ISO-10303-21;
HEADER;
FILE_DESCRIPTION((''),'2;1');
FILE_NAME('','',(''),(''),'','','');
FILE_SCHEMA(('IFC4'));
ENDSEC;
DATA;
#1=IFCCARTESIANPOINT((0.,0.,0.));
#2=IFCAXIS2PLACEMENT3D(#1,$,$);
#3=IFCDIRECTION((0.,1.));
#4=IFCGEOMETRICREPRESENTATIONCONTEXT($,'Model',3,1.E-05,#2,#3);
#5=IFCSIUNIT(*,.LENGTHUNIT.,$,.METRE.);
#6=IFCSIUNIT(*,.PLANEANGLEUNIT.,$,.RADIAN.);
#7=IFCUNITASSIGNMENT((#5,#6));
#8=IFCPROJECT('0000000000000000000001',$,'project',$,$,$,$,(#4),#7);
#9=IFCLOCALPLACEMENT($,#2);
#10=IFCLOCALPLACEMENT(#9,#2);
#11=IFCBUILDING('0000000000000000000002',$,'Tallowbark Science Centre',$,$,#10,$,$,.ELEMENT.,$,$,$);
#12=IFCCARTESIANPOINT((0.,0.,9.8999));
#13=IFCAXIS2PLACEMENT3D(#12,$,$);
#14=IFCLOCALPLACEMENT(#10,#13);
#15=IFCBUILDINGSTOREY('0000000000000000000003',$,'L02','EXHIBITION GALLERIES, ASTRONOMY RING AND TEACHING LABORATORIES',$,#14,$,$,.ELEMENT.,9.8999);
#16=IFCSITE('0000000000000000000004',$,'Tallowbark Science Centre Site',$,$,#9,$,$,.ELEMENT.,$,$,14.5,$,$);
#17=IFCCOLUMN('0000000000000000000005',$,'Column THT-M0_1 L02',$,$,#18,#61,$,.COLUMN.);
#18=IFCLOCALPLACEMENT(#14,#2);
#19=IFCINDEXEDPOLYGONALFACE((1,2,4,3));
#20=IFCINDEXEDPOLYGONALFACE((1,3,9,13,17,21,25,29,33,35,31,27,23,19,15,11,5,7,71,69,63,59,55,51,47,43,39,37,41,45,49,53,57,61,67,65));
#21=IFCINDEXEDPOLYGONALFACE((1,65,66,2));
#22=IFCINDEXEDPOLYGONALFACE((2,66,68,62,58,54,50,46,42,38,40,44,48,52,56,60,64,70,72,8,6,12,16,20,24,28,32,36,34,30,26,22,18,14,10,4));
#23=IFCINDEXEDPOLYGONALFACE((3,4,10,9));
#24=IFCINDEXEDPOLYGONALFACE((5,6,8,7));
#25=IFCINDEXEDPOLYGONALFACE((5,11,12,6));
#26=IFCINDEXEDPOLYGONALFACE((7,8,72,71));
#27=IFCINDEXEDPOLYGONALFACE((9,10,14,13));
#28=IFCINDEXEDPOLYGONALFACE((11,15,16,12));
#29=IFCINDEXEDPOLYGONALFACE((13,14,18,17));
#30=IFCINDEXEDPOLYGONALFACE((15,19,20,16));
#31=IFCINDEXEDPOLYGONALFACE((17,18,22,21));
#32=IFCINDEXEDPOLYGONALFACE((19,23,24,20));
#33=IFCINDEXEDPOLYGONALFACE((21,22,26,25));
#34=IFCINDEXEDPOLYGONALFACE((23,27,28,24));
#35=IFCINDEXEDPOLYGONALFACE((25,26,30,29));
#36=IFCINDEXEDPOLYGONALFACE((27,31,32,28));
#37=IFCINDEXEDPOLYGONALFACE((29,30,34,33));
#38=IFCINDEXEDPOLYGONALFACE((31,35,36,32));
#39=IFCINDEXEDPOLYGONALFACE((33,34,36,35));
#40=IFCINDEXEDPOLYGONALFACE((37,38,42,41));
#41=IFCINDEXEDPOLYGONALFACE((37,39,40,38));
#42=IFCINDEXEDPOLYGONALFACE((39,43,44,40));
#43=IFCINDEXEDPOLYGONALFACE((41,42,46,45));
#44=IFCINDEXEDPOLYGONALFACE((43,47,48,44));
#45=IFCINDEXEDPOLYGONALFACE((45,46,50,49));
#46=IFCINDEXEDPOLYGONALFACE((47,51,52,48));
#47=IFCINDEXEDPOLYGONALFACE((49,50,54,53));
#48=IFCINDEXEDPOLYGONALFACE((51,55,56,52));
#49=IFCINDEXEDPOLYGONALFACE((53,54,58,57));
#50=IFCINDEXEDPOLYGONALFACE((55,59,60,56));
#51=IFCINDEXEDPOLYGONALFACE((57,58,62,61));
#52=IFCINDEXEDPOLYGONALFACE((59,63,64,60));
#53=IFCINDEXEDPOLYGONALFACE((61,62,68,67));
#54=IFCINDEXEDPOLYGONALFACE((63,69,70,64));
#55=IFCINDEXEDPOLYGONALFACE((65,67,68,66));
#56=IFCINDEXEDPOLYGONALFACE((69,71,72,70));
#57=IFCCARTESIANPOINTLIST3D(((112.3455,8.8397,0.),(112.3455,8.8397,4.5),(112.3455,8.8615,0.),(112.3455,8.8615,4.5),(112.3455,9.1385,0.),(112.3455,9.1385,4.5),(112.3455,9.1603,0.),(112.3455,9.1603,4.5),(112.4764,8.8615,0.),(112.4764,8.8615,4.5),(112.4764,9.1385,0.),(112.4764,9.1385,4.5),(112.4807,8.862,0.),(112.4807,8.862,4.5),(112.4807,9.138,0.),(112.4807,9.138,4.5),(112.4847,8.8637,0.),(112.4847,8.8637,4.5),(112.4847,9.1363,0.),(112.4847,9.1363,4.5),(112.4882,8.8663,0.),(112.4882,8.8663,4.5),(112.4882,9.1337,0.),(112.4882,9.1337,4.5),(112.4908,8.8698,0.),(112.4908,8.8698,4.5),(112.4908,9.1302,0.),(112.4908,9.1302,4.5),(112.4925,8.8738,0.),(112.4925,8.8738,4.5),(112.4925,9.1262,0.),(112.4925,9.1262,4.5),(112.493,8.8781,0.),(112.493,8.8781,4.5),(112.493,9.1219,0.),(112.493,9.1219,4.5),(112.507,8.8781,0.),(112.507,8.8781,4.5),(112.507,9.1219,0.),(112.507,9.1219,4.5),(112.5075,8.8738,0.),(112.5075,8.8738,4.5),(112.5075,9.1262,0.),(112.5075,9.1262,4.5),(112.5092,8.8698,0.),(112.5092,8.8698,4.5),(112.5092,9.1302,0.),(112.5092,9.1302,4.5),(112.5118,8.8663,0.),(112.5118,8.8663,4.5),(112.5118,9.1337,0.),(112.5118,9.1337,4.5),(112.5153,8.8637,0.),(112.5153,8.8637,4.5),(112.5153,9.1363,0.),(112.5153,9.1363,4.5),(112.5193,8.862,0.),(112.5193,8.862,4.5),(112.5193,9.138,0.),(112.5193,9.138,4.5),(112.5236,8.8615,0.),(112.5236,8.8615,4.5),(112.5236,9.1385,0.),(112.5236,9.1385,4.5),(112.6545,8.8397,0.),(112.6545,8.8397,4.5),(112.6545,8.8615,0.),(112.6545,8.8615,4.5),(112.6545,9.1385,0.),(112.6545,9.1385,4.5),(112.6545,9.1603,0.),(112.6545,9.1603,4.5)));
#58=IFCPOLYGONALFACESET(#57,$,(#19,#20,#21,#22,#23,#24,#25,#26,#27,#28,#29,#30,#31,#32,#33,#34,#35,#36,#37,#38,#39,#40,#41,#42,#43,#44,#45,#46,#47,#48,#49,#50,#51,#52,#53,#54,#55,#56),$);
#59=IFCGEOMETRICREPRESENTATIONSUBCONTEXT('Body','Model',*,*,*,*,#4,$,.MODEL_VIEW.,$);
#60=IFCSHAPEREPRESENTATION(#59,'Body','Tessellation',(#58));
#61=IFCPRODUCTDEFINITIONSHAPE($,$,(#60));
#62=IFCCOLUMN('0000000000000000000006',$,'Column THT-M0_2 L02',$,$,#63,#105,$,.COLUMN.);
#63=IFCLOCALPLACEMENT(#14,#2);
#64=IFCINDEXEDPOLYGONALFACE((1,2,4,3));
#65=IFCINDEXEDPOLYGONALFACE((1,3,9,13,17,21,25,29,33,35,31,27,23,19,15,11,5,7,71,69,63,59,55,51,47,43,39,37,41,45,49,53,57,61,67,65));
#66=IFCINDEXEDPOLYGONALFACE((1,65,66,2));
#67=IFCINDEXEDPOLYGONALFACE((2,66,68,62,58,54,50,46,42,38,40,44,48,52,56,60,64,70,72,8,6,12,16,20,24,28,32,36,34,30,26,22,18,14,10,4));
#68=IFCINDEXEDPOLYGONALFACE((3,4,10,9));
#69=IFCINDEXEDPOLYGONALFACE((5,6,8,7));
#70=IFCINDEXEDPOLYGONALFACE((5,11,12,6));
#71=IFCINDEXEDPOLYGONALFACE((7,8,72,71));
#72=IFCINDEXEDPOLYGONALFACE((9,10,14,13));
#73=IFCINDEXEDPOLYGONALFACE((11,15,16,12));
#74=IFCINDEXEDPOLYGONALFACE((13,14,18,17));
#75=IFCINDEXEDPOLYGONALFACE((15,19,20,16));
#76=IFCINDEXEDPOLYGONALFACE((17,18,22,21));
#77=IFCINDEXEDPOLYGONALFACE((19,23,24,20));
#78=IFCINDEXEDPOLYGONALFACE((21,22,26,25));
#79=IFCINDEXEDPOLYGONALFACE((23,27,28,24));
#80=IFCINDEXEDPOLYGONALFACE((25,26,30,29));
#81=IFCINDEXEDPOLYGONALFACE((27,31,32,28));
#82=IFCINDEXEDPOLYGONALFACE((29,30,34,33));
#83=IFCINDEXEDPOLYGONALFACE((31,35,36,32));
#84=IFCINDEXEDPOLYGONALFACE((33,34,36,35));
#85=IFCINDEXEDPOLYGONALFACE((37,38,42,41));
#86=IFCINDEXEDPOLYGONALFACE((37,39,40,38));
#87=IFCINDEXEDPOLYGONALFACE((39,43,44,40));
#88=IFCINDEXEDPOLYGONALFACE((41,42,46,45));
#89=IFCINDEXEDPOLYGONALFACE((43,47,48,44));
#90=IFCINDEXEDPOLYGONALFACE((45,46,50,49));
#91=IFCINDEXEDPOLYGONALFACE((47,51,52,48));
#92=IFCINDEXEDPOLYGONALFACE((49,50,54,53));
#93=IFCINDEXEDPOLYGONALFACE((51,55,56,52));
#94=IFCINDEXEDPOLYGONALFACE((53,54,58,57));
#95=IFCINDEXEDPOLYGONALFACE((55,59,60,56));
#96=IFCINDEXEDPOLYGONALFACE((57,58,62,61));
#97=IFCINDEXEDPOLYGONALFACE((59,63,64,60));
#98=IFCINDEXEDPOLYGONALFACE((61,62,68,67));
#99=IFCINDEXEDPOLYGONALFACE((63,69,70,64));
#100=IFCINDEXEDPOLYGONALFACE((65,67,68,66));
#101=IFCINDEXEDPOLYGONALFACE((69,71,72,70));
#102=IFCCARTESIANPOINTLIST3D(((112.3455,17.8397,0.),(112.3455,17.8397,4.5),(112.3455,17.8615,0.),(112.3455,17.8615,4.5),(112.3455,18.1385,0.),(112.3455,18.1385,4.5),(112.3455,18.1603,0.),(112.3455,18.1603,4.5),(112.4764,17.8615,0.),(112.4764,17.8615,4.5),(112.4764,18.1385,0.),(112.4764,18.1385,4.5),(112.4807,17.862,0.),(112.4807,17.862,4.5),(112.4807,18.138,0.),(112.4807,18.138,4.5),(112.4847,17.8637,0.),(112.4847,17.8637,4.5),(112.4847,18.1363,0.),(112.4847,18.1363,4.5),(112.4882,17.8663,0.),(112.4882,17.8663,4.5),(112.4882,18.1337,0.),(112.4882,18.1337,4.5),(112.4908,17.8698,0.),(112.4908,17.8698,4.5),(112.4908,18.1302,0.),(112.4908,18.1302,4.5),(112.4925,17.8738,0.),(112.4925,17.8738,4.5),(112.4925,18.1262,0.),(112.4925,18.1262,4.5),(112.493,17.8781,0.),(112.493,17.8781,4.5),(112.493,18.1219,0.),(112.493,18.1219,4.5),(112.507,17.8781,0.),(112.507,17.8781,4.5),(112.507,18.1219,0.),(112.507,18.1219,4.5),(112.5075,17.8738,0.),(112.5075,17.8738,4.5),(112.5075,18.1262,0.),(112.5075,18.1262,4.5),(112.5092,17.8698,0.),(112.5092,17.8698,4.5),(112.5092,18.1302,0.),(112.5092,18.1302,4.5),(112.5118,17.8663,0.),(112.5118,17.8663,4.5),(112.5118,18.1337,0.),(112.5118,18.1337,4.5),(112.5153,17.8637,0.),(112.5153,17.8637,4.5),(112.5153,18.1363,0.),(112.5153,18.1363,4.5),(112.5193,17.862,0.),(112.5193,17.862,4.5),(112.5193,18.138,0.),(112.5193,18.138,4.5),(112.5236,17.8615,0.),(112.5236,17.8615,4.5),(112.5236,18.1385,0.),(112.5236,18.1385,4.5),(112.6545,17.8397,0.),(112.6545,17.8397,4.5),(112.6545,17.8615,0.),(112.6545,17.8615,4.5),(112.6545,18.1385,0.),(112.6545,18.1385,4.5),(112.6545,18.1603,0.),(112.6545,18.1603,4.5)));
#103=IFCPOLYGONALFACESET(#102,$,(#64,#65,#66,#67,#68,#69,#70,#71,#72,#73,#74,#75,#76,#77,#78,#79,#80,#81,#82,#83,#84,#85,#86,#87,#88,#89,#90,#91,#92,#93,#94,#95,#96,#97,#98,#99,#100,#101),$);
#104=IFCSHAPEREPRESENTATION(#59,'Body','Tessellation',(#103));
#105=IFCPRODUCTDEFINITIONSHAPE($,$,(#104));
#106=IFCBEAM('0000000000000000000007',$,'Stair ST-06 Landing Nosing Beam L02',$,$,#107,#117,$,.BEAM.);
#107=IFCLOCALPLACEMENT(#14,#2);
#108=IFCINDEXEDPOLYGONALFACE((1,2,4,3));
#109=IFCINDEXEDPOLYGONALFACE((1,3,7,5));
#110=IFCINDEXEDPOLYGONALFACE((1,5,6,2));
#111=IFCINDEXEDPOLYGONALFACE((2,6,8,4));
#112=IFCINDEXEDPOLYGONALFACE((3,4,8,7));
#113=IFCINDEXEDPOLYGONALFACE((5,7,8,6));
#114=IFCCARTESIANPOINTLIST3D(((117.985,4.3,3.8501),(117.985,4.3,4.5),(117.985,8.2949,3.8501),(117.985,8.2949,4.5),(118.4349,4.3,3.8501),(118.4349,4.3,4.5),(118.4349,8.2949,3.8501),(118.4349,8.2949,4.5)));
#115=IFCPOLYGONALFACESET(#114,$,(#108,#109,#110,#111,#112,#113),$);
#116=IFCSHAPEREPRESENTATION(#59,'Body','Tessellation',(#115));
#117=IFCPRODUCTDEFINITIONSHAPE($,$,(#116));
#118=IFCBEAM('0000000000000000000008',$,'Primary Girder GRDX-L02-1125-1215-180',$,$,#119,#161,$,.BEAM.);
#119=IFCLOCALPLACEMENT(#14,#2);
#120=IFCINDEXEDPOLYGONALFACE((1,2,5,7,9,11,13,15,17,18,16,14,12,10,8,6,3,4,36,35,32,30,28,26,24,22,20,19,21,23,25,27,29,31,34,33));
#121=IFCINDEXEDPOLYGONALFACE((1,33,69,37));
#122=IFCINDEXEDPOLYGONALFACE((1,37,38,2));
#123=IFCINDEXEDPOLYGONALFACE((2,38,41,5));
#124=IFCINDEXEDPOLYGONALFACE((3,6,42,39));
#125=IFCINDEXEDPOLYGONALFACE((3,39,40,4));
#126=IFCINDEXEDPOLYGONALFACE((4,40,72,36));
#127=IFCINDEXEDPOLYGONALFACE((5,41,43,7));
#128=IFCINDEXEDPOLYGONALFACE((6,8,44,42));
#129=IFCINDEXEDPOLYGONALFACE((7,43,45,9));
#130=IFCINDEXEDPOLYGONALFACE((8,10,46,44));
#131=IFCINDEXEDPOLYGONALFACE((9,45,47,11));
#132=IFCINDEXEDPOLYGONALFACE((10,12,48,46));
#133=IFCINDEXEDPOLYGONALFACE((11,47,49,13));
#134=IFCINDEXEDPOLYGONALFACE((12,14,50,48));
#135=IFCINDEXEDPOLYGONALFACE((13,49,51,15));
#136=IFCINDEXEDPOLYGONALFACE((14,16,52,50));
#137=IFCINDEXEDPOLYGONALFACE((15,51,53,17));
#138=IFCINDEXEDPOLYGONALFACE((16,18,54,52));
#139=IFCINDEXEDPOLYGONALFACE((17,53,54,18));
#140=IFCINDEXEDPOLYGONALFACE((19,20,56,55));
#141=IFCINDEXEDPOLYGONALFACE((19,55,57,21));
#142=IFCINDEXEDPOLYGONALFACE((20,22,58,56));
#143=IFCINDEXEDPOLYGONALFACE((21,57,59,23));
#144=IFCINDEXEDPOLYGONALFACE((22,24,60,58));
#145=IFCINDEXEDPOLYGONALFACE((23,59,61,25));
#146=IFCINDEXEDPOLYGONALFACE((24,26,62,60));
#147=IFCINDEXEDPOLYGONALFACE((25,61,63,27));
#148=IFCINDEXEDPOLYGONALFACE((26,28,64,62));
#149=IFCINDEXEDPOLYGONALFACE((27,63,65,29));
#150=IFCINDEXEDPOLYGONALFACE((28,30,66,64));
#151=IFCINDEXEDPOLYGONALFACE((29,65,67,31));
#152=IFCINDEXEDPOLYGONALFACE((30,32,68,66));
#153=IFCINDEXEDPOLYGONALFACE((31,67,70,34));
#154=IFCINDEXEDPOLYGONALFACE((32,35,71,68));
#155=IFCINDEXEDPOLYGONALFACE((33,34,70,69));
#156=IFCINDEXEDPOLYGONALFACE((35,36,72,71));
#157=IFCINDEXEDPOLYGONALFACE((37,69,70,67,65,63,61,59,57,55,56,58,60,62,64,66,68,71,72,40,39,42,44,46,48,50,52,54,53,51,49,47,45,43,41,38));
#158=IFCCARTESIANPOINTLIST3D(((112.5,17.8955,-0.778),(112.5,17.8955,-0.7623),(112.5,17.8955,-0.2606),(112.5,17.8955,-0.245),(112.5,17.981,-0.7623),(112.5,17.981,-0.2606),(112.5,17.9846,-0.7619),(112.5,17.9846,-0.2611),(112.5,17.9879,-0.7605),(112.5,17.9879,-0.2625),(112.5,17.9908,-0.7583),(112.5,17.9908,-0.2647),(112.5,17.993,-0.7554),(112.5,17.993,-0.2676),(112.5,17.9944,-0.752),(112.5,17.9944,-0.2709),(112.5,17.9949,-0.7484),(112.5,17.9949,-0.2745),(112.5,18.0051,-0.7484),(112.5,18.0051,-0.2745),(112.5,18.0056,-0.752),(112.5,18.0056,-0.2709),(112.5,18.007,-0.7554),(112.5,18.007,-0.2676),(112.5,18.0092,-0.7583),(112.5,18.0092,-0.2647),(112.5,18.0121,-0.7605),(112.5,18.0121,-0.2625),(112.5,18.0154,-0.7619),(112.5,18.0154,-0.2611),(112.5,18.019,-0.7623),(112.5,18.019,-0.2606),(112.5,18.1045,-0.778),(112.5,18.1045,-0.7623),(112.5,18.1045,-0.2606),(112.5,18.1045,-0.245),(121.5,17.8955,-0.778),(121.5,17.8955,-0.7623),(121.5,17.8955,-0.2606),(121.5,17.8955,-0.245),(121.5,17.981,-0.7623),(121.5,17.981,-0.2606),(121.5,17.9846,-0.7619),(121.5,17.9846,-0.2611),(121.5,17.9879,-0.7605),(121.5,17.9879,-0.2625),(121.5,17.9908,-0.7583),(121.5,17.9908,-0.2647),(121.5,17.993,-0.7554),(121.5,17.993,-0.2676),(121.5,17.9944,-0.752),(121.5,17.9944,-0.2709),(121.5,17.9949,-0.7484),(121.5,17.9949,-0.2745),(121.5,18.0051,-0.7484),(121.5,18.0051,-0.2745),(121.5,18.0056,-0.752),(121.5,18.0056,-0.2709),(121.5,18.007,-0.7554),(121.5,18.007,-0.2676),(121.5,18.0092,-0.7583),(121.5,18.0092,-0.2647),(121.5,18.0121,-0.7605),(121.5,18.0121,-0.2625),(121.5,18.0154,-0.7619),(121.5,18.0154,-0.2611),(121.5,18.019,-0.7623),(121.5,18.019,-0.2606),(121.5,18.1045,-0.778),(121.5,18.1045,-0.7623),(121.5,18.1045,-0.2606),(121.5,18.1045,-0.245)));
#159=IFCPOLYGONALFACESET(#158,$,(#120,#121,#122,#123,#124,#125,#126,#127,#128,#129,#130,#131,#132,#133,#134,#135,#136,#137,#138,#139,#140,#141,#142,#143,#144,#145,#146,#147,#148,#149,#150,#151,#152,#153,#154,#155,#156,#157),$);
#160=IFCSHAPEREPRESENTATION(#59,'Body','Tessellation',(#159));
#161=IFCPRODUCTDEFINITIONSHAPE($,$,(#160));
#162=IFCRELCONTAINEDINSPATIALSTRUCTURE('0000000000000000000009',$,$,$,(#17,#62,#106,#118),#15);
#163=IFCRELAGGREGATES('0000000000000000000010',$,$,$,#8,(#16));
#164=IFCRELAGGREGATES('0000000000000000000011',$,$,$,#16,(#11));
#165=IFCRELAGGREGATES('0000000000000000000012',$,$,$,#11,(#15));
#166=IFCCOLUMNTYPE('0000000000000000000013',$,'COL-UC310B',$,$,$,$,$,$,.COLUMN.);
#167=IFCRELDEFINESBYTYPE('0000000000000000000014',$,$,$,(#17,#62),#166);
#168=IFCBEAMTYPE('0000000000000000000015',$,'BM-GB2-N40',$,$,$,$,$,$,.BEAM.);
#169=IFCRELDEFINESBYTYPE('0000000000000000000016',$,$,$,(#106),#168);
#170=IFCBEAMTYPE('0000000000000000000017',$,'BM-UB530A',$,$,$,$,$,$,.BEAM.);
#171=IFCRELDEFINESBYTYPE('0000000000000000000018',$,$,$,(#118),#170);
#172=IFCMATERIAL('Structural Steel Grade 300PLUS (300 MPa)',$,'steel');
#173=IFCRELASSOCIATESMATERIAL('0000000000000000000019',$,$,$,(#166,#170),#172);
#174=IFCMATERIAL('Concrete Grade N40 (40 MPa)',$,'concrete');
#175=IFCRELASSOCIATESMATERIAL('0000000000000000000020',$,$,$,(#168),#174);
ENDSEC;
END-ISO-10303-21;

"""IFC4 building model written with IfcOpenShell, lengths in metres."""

from ifc_helpers import new_model, si_unit, direction, frame, origin, origin_2d, place, context, subcontext, project, spatial, rectangle, i_section, extrude, material, material_profile, profile_set, type_object, element, save


model = new_model("IFC4")

# Units and contexts
model_context = context("Model", 3, precision=1e-05, world=origin(), true_north=direction((0.0, 1.0)))
body_context = subcontext(model_context, "Body", "Model", "MODEL_VIEW")
ifc_project = project(units=[si_unit("LENGTHUNIT", "METRE"), si_unit("PLANEANGLEUNIT", "RADIAN")], contexts=[model_context])

# Site, building, storey
site_placement = place(None, origin())
site = spatial("IfcSite", under=ifc_project, at=site_placement, Name="Tallowbark Science Centre Site", CompositionType="ELEMENT", RefElevation=14.5)
building_placement = place(site_placement, origin())
building = spatial("IfcBuilding", under=site, at=building_placement, Name="Tallowbark Science Centre", CompositionType="ELEMENT")
storey_placement = place(building_placement, frame((0.0, 0.0, 9.8999)))
storey = spatial("IfcBuildingStorey", under=building, at=storey_placement, Name="L02", Description="EXHIBITION GALLERIES, ASTRONOMY RING AND TEACHING LABORATORIES", CompositionType="ELEMENT", Elevation=9.8999)

# Columns
ifc_material_1 = material(Name="Structural Steel Grade 300PLUS (300 MPa)", Category="steel")
ifc_material_profile_1 = material_profile(ifc_material_1, i_section(OverallWidth=0.3091, OverallDepth=0.3206, WebThickness=0.0139, FlangeThickness=0.0217, FilletRadius=0.0166, at=origin_2d()), Name="310UC137")
ifc_profile_set_1 = profile_set([ifc_material_profile_1], Name="Structural Steel Grade 300PLUS (300 MPa)")
column_type = type_object("IfcColumnType", Name="COL-UC310B", PredefinedType="COLUMN", material=ifc_profile_set_1)
for number, where, z_axis, x_axis, name in (
    (1, (112.5, 9.0, 0.0), (0.0, 0.0, 1.0), (1.0, 0.0, 0.0), "Column THT-M0_1 L02"),
    (2, (112.5, 18.0, 0.0), (0.0, 0.0, 1.0), (1.0, 0.0, 0.0), "Column THT-M0_2 L02"),
):
    element("IfcColumn", number, at=place(storey_placement, frame(where, z_axis=z_axis, x_axis=x_axis)), inside=storey, type_object=column_type, Name=name, PredefinedType="COLUMN", context=body_context, shape_type="SweptSolid", body=[
        extrude(i_section(OverallWidth=0.3091, OverallDepth=0.3206, WebThickness=0.0139, FlangeThickness=0.0217, FilletRadius=0.0166, at=origin_2d()), origin(), (0.0, 0.0, 1.0), 4.5),
    ])

# Beams
ifc_material_2 = material(Name="Concrete Grade N40 (40 MPa)", Category="concrete")
ifc_material_profile_2 = material_profile(ifc_material_2, rectangle(XDim=0.45, YDim=0.6499, at=origin_2d()), Name="RC450x650")
ifc_profile_set_2 = profile_set([ifc_material_profile_2], Name="Concrete Grade N40 (40 MPa)")
beam_type_1 = type_object("IfcBeamType", Name="BM-GB2-N40", PredefinedType="BEAM", material=ifc_profile_set_2)
beam_1_placement = place(storey_placement, frame((118.21, 4.3, 4.175), z_axis=(0.0, 1.0, 0.0), x_axis=(-1.0, 0.0, 0.0)))
element("IfcBeam", 3, at=beam_1_placement, inside=storey, type_object=beam_type_1, Name="Stair ST-06 Landing Nosing Beam L02", PredefinedType="BEAM", context=body_context, shape_type="SweptSolid", body=[
    extrude(rectangle(XDim=0.45, YDim=0.6499, at=origin_2d()), origin(), (0.0, 0.0, 1.0), 3.9949),
])
ifc_material_profile_3 = material_profile(ifc_material_1, i_section(OverallWidth=0.209, OverallDepth=0.533, WebThickness=0.0103, FlangeThickness=0.0156, FilletRadius=0.0139, at=origin_2d()), Name="530UB92.4")
ifc_profile_set_3 = profile_set([ifc_material_profile_3], Name="Structural Steel Grade 300PLUS (300 MPa)")
beam_type_2 = type_object("IfcBeamType", Name="BM-UB530A", PredefinedType="BEAM", material=ifc_profile_set_3)
beam_2_placement = place(storey_placement, frame((112.5, 18.0, -0.5115), z_axis=(1.0, 0.0, 0.0), x_axis=(0.0, 1.0, 0.0)))
element("IfcBeam", 4, at=beam_2_placement, inside=storey, type_object=beam_type_2, Name="Primary Girder GRDX-L02-1125-1215-180", PredefinedType="BEAM", context=body_context, shape_type="SweptSolid", body=[
    extrude(i_section(OverallWidth=0.209, OverallDepth=0.533, WebThickness=0.0103, FlangeThickness=0.0156, FilletRadius=0.0139, at=origin_2d()), origin(), (0.0, 0.0, 1.0), 9.0),
])

save(model, "model.ifc")
